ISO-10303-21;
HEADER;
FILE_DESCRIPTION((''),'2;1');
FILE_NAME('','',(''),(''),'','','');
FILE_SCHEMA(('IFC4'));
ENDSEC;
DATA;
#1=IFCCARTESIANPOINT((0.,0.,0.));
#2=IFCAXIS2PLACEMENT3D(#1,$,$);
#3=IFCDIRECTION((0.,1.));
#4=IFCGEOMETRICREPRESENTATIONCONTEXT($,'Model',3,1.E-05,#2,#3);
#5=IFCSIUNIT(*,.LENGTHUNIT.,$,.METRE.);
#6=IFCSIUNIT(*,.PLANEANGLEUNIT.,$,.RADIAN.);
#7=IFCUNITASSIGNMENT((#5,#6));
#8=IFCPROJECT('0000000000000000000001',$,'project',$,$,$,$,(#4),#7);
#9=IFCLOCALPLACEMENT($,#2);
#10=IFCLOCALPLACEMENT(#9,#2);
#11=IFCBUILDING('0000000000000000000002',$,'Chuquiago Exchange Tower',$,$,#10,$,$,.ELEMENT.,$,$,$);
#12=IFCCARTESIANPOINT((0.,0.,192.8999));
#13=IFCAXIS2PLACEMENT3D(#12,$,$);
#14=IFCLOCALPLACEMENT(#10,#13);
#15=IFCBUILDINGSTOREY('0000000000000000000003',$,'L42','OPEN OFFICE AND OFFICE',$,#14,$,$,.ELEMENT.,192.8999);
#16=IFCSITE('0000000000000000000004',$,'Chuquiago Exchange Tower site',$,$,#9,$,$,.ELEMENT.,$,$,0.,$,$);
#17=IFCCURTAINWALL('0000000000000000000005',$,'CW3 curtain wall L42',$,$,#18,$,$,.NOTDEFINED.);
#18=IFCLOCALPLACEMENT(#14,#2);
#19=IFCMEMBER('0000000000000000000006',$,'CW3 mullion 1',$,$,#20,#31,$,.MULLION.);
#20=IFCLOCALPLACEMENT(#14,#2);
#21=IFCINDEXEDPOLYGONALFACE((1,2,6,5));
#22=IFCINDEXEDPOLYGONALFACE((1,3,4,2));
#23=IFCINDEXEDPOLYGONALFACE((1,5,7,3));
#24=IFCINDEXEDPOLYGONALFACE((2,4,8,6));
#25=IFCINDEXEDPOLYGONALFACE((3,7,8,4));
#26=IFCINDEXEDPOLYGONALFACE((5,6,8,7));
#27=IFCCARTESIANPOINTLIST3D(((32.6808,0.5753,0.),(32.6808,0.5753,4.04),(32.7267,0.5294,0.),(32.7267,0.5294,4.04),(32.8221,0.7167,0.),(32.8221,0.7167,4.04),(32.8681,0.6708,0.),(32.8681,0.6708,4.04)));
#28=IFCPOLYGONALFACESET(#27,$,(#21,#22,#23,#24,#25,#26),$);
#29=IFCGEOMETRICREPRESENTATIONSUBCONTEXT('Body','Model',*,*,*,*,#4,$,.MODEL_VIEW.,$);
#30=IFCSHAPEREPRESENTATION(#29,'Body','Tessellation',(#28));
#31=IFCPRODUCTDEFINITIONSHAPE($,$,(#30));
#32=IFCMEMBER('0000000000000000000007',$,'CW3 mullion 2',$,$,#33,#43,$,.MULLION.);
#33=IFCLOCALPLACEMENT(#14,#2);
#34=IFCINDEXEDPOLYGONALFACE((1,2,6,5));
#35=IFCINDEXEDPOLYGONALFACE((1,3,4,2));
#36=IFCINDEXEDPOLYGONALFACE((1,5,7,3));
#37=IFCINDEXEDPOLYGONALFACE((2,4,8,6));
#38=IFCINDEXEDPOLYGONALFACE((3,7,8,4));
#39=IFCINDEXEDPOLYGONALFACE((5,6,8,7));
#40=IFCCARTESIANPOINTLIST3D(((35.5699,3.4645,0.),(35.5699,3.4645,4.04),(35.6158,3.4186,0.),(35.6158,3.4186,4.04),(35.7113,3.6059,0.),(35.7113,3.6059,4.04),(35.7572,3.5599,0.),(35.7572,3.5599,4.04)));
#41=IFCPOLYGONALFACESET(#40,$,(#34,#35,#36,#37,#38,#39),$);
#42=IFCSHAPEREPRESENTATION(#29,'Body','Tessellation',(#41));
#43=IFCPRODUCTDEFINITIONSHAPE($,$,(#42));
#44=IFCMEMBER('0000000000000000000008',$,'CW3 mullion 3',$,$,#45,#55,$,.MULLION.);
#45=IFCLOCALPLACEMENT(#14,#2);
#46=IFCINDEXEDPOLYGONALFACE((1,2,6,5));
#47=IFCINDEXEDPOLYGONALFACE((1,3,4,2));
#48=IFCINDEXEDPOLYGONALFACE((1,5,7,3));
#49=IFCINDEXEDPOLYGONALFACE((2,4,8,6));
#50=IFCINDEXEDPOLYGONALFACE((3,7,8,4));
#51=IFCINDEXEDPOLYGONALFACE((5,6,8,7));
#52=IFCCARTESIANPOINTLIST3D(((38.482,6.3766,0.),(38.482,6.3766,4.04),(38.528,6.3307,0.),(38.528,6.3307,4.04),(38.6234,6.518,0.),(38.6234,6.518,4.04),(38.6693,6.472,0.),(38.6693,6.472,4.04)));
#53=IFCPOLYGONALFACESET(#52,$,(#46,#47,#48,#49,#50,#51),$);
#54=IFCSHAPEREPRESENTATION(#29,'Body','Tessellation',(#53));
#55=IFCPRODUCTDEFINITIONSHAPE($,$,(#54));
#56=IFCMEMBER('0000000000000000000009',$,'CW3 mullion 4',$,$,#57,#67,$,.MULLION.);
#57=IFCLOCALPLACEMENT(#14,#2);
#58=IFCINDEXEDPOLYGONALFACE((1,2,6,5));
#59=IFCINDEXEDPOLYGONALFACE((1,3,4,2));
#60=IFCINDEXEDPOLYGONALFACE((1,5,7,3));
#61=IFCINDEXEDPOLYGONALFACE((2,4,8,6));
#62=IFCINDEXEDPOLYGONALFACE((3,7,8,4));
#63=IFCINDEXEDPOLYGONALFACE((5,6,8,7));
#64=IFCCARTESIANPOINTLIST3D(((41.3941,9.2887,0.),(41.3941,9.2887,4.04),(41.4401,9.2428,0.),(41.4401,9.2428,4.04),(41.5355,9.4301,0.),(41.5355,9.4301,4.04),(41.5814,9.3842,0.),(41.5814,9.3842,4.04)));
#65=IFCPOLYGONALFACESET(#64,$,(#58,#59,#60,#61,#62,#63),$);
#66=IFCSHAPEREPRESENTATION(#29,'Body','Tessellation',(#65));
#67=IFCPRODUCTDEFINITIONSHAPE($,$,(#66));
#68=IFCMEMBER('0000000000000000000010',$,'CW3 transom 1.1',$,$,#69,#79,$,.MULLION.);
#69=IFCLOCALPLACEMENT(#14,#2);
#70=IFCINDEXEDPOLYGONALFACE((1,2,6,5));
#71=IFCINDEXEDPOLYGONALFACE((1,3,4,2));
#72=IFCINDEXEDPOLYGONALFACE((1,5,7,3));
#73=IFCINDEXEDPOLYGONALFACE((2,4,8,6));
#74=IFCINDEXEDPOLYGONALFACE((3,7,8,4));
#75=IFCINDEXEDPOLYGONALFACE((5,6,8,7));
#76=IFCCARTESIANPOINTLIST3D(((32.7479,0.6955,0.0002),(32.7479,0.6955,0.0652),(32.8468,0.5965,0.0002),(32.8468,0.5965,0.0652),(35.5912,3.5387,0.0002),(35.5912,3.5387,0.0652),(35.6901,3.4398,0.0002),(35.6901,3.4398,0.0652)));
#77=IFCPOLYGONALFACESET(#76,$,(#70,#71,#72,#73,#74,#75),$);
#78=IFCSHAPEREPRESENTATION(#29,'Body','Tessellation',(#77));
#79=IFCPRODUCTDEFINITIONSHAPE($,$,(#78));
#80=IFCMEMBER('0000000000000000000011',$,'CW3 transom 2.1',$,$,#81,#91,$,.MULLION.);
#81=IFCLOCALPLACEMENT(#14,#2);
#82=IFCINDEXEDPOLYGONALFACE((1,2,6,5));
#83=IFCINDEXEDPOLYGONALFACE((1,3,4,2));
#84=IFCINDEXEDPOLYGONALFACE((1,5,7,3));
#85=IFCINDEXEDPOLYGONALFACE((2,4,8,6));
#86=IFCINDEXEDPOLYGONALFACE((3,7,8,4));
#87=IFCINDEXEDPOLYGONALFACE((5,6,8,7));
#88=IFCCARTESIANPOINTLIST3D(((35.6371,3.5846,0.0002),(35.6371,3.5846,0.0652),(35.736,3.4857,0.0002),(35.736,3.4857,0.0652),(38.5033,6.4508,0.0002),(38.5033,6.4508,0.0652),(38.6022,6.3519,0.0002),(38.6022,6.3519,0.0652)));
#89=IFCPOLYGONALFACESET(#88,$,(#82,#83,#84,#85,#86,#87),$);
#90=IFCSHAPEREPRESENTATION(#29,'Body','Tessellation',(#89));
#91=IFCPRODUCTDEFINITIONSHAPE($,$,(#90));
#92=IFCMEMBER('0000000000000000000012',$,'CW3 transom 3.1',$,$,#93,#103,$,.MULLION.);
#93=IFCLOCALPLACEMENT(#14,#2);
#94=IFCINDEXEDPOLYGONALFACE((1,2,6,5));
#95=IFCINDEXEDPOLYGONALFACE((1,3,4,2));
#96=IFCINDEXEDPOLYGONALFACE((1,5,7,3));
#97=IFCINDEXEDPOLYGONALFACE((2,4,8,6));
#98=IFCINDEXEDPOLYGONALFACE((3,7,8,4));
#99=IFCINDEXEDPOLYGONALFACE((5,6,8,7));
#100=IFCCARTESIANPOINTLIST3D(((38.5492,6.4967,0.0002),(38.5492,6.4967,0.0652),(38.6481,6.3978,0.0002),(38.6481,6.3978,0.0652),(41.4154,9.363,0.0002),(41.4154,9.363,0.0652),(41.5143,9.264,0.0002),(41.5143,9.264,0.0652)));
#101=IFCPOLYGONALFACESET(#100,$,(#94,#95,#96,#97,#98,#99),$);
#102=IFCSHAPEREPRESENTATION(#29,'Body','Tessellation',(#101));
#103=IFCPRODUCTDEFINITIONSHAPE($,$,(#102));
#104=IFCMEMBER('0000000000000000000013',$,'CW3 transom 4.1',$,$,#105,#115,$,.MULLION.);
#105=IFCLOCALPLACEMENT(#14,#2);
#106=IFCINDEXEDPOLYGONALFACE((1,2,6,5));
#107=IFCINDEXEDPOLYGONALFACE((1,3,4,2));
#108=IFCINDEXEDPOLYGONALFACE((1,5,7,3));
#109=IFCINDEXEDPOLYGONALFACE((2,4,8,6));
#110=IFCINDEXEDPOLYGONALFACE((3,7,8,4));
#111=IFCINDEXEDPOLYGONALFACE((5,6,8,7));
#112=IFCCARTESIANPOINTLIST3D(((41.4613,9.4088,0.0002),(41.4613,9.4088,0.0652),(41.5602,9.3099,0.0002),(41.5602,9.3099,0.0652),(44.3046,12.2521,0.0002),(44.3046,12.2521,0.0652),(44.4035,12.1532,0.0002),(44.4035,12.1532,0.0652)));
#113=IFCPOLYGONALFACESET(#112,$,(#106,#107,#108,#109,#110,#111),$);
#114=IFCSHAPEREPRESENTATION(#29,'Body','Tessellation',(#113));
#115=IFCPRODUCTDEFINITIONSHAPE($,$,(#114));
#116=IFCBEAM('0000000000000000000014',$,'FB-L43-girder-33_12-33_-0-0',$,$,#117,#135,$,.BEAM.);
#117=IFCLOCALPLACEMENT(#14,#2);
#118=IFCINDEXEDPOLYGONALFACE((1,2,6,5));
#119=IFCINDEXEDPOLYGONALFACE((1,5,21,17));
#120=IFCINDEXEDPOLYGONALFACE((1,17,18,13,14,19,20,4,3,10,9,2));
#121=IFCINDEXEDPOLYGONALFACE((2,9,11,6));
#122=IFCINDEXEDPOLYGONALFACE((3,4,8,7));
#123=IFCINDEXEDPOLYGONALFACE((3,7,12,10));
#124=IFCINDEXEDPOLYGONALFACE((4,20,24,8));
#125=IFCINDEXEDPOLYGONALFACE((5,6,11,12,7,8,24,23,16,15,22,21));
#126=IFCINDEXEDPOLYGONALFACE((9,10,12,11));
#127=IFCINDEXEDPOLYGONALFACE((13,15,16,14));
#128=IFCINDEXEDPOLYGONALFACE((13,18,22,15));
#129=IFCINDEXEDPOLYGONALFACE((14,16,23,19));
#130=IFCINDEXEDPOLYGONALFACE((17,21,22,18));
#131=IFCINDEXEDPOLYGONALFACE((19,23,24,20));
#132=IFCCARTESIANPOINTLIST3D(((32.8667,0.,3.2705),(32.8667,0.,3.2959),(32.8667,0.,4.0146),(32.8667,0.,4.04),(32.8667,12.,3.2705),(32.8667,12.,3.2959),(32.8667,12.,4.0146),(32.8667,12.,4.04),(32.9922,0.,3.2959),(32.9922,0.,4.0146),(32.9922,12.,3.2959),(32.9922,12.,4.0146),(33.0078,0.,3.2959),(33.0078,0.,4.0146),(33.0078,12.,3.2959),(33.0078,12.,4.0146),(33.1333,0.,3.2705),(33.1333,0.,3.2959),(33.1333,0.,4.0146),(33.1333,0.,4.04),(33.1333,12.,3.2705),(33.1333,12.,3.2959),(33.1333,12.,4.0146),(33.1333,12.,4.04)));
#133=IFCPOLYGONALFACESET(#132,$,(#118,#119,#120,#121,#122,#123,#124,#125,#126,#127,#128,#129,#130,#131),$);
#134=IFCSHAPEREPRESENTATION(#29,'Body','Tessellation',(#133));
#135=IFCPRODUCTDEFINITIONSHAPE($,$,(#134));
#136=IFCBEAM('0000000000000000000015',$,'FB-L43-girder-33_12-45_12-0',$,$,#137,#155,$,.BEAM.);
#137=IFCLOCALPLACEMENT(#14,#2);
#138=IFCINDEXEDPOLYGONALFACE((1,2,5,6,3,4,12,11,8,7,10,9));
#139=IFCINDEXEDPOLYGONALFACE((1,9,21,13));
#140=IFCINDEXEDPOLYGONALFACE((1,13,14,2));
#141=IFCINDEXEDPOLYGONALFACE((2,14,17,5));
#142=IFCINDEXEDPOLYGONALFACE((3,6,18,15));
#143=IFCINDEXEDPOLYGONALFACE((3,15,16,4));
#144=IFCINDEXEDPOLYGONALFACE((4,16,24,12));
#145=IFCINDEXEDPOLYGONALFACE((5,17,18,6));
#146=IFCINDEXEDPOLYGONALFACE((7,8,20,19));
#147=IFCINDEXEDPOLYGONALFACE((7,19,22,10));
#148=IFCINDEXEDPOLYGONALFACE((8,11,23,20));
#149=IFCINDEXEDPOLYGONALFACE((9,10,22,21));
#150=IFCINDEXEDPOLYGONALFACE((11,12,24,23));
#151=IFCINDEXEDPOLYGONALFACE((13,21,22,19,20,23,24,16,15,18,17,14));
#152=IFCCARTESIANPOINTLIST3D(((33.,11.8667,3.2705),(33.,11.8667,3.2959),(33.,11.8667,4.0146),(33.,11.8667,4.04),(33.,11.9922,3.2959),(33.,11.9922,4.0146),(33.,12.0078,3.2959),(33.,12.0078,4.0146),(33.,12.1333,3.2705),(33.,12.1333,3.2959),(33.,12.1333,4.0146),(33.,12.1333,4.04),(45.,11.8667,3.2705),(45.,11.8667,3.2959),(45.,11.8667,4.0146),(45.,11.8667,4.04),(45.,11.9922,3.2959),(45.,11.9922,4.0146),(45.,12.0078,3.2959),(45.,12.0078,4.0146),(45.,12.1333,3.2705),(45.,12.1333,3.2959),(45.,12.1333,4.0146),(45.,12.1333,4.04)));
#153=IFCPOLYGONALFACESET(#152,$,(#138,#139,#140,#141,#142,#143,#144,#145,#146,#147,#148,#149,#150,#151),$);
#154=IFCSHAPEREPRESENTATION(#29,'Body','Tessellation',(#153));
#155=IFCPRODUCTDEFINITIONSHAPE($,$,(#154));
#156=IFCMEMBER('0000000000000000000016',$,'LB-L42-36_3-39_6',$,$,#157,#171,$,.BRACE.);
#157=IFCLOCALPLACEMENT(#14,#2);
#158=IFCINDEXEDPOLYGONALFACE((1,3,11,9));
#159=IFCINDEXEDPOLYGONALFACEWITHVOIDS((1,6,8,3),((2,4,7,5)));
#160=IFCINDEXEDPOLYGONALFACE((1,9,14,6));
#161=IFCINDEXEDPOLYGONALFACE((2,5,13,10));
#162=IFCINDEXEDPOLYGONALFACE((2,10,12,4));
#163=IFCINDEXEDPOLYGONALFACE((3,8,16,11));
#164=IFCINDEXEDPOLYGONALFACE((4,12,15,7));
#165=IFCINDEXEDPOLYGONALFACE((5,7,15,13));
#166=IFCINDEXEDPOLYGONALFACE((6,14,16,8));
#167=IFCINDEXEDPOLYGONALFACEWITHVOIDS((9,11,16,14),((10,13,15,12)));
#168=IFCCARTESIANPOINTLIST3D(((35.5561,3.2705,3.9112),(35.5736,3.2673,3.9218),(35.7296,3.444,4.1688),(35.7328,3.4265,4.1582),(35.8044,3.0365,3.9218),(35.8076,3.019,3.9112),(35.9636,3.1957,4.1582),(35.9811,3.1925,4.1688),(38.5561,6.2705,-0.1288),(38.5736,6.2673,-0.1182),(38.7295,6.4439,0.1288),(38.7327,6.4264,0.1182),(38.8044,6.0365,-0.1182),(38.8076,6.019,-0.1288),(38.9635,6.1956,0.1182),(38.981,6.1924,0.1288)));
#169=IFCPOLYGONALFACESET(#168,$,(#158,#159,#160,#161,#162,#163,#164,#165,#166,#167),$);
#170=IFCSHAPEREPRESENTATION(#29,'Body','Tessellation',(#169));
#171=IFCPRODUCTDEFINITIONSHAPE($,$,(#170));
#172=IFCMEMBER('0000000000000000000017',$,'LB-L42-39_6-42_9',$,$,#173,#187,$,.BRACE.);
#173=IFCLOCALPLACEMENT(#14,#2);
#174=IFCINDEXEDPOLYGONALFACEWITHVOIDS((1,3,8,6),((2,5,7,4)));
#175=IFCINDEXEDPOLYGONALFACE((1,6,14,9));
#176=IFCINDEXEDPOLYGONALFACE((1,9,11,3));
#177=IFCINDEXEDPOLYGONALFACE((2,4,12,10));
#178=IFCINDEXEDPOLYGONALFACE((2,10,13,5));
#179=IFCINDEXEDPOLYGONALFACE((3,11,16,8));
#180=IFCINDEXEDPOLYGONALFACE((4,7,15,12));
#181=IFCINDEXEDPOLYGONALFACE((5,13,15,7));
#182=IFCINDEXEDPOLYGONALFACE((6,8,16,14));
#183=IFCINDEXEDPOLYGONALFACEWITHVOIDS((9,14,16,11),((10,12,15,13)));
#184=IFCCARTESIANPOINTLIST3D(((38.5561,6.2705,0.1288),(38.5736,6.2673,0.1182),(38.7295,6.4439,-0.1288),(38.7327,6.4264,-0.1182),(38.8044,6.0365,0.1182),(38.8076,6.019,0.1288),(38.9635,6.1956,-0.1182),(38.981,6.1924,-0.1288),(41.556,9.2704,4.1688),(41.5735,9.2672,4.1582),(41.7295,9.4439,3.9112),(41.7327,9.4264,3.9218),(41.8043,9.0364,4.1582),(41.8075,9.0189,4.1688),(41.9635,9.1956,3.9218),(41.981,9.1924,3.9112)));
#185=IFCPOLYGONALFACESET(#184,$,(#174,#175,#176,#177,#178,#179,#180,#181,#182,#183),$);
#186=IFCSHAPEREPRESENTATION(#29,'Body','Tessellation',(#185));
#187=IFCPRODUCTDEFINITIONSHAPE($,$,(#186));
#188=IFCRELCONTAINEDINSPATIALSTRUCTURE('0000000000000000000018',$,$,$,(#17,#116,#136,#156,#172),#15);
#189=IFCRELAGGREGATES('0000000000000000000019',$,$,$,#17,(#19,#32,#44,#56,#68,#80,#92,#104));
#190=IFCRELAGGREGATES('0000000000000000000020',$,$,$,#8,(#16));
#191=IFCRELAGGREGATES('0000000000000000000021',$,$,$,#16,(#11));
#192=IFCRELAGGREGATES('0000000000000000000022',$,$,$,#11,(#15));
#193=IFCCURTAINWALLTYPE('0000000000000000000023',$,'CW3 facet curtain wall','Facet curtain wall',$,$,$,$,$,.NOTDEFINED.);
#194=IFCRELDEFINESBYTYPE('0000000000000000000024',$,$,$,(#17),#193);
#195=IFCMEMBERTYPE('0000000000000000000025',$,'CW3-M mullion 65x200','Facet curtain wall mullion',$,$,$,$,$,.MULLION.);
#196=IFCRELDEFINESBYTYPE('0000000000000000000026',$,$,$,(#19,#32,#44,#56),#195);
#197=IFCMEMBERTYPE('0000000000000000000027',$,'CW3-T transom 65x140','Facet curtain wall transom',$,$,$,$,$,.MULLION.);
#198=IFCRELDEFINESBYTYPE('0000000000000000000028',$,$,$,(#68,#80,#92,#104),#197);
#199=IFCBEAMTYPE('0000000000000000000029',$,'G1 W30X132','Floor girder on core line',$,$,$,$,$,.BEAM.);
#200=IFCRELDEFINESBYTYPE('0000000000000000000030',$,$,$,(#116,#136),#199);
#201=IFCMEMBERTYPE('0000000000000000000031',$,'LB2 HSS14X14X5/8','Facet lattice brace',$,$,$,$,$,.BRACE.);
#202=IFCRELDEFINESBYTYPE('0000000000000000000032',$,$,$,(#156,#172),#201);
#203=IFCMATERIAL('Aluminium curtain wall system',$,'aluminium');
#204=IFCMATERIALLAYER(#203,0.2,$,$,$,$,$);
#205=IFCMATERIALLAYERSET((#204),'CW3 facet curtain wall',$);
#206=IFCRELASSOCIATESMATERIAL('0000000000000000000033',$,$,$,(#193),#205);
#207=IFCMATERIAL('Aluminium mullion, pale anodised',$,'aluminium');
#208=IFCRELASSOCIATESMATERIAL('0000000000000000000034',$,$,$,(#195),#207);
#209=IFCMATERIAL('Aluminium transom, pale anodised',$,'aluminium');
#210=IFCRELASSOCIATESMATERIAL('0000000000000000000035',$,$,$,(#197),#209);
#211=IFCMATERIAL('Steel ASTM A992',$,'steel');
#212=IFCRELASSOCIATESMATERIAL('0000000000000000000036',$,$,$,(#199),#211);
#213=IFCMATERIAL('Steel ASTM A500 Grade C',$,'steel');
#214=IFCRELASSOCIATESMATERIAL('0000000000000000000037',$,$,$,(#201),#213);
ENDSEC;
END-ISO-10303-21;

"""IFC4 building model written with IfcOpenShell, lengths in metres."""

from ifc_helpers import new_model, si_unit, direction, frame, origin, origin_2d, place, context, subcontext, project, spatial, rectangle, hollow_rectangle, i_section, extrude, material, layer, layer_set, material_profile, profile_set, type_object, element, aggregate, save


model = new_model("IFC4")

# Units and contexts
model_context = context("Model", 3, precision=1e-05, world=origin(), true_north=direction((0.0, 1.0)))
body_context = subcontext(model_context, "Body", "Model", "MODEL_VIEW")
ifc_project = project(units=[si_unit("LENGTHUNIT", "METRE"), si_unit("PLANEANGLEUNIT", "RADIAN")], contexts=[model_context])

# Site, building, storey
site_placement = place(None, origin())
site = spatial("IfcSite", under=ifc_project, at=site_placement, Name="Chuquiago Exchange Tower site", CompositionType="ELEMENT", RefElevation=0.0)
building_placement = place(site_placement, origin())
building = spatial("IfcBuilding", under=site, at=building_placement, Name="Chuquiago Exchange Tower", CompositionType="ELEMENT")
storey_placement = place(building_placement, frame((0.0, 0.0, 192.8999)))
storey = spatial("IfcBuildingStorey", under=building, at=storey_placement, Name="L42", Description="OPEN OFFICE AND OFFICE", CompositionType="ELEMENT", Elevation=192.8999)

# Curtain wall, members
ifc_material_1 = material(Name="Aluminium curtain wall system", Category="aluminium")
ifc_layer_1 = layer(ifc_material_1, 0.2)
ifc_layer_set_1 = layer_set([ifc_layer_1], Name="CW3 facet curtain wall")
curtain_wall_type = type_object("IfcCurtainWallType", Name="CW3 facet curtain wall", Description="Facet curtain wall", PredefinedType="NOTDEFINED", material=ifc_layer_set_1)
curtain_wall_placement = place(storey_placement, origin())
curtain_wall = element("IfcCurtainWall", 1, at=curtain_wall_placement, inside=storey, type_object=curtain_wall_type, Name="CW3 curtain wall L42", PredefinedType="NOTDEFINED")
ifc_material_2 = material(Name="Aluminium mullion, pale anodised", Category="aluminium")
ifc_material_profile_1 = material_profile(ifc_material_2, rectangle(XDim=0.0649, YDim=0.2, at=origin_2d()), Name="AL 65x200")
ifc_profile_set_1 = profile_set([ifc_material_profile_1], Name="Aluminium mullion, pale anodised")
member_type_1 = type_object("IfcMemberType", Name="CW3-M mullion 65x200", Description="Facet curtain wall mullion", PredefinedType="MULLION", material=ifc_profile_set_1)
member_1_placement = place(storey_placement, frame((32.7744, 0.623, 0.0), z_axis=(0.0, 0.0, 1.0), x_axis=(-0.707107, 0.707107, 0.0)))
member_1 = element("IfcMember", 2, at=member_1_placement, type_object=member_type_1, Name="CW3 mullion 1", PredefinedType="MULLION", context=body_context, shape_type="SweptSolid", body=[
    extrude(rectangle(XDim=0.0649, YDim=0.2, at=origin_2d()), origin(), (0.0, 0.0, 1.0), 4.04),
])
member_2_placement = place(storey_placement, frame((35.6636, 3.5122, 0.0), z_axis=(0.0, 0.0, 1.0), x_axis=(-0.707107, 0.707107, 0.0)))
member_2 = element("IfcMember", 3, at=member_2_placement, type_object=member_type_1, Name="CW3 mullion 2", PredefinedType="MULLION", context=body_context, shape_type="SweptSolid", body=[
    extrude(rectangle(XDim=0.0649, YDim=0.2, at=origin_2d()), origin(), (0.0, 0.0, 1.0), 4.04),
])
member_3_placement = place(storey_placement, frame((38.5757, 6.4243, 0.0), z_axis=(0.0, 0.0, 1.0), x_axis=(-0.707107, 0.707107, 0.0)))
member_3 = element("IfcMember", 4, at=member_3_placement, type_object=member_type_1, Name="CW3 mullion 3", PredefinedType="MULLION", context=body_context, shape_type="SweptSolid", body=[
    extrude(rectangle(XDim=0.0649, YDim=0.2, at=origin_2d()), origin(), (0.0, 0.0, 1.0), 4.04),
])
member_4_placement = place(storey_placement, frame((41.4878, 9.3364, 0.0), z_axis=(0.0, 0.0, 1.0), x_axis=(-0.707107, 0.707107, 0.0)))
member_4 = element("IfcMember", 5, at=member_4_placement, type_object=member_type_1, Name="CW3 mullion 4", PredefinedType="MULLION", context=body_context, shape_type="SweptSolid", body=[
    extrude(rectangle(XDim=0.0649, YDim=0.2, at=origin_2d()), origin(), (0.0, 0.0, 1.0), 4.04),
])
ifc_material_3 = material(Name="Aluminium transom, pale anodised", Category="aluminium")
ifc_material_profile_2 = material_profile(ifc_material_3, rectangle(XDim=0.1399, YDim=0.0649, at=origin_2d()), Name="AL 140x65")
ifc_profile_set_2 = profile_set([ifc_material_profile_2], Name="Aluminium transom, pale anodised")
member_type_2 = type_object("IfcMemberType", Name="CW3-T transom 65x140", Description="Facet curtain wall transom", PredefinedType="MULLION", material=ifc_profile_set_2)
member_5_placement = place(storey_placement, frame((32.7974, 0.646, 0.0327), z_axis=(0.707107, 0.707107, 0.0), x_axis=(-0.707107, 0.707107, 0.0)))
member_5 = element("IfcMember", 6, at=member_5_placement, type_object=member_type_2, Name="CW3 transom 1.1", PredefinedType="MULLION", context=body_context, shape_type="SweptSolid", body=[
    extrude(rectangle(XDim=0.1399, YDim=0.0649, at=origin_2d()), origin(), (0.0, 0.0, 1.0), 4.021),
])
member_6_placement = place(storey_placement, frame((35.6865, 3.5352, 0.0327), z_axis=(0.707107, 0.707107, 0.0), x_axis=(-0.707107, 0.707107, 0.0)))
member_6 = element("IfcMember", 7, at=member_6_placement, type_object=member_type_2, Name="CW3 transom 2.1", PredefinedType="MULLION", context=body_context, shape_type="SweptSolid", body=[
    extrude(rectangle(XDim=0.1399, YDim=0.0649, at=origin_2d()), origin(), (0.0, 0.0, 1.0), 4.0535),
])
member_7_placement = place(storey_placement, frame((38.5986, 6.4473, 0.0327), z_axis=(0.707107, 0.707107, 0.0), x_axis=(-0.707107, 0.707107, 0.0)))
member_7 = element("IfcMember", 8, at=member_7_placement, type_object=member_type_2, Name="CW3 transom 3.1", PredefinedType="MULLION", context=body_context, shape_type="SweptSolid", body=[
    extrude(rectangle(XDim=0.1399, YDim=0.0649, at=origin_2d()), origin(), (0.0, 0.0, 1.0), 4.0535),
])
member_8_placement = place(storey_placement, frame((41.5107, 9.3594, 0.0327), z_axis=(0.707107, 0.707107, 0.0), x_axis=(-0.707107, 0.707107, 0.0)))
member_8 = element("IfcMember", 9, at=member_8_placement, type_object=member_type_2, Name="CW3 transom 4.1", PredefinedType="MULLION", context=body_context, shape_type="SweptSolid", body=[
    extrude(rectangle(XDim=0.1399, YDim=0.0649, at=origin_2d()), origin(), (0.0, 0.0, 1.0), 4.021),
])

# Beams
ifc_material_4 = material(Name="Steel ASTM A992", Category="steel")
ifc_material_profile_3 = material_profile(ifc_material_4, i_section(OverallWidth=0.2666, OverallDepth=0.7695, WebThickness=0.0156, FlangeThickness=0.0254, at=origin_2d()), Name="W30X132")
ifc_profile_set_3 = profile_set([ifc_material_profile_3], Name="Steel ASTM A992")
beam_type_1 = type_object("IfcBeamType", Name="G1 W30X132", Description="Floor girder on core line", PredefinedType="BEAM", material=ifc_profile_set_3)
for number, where, z_axis, x_axis, name in (
    (10, (33.0, 12.0, 3.6553), (0.0, -1.0, 0.0), (1.0, 0.0, 0.0), "FB-L43-girder-33_12-33_-0-0"),
    (11, (33.0, 12.0, 3.6553), (1.0, 0.0, 0.0), (0.0, 1.0, 0.0), "FB-L43-girder-33_12-45_12-0"),
):
    element("IfcBeam", number, at=place(storey_placement, frame(where, z_axis=z_axis, x_axis=x_axis)), inside=storey, type_object=beam_type_1, Name=name, PredefinedType="BEAM", context=body_context, shape_type="SweptSolid", body=[
        extrude(i_section(OverallWidth=0.2666, OverallDepth=0.7695, WebThickness=0.0156, FlangeThickness=0.0254, at=origin_2d()), origin(), (0.0, 0.0, 1.0), 12.0),
    ])

# Members
ifc_material_5 = material(Name="Steel ASTM A500 Grade C", Category="steel")
ifc_material_profile_4 = material_profile(ifc_material_5, hollow_rectangle(XDim=0.3557, YDim=0.3557, WallThickness=0.0146, at=origin_2d()), Name="HSS14X14X5/8")
ifc_profile_set_4 = profile_set([ifc_material_profile_4], Name="Steel ASTM A500 Grade C")
member_type_3 = type_object("IfcMemberType", Name="LB2 HSS14X14X5/8", Description="Facet lattice brace", PredefinedType="BRACE", material=ifc_profile_set_4)
for number, where, z_axis, x_axis, name in (
    (12, (38.7686, 6.2314, 0.0), (-0.512077, -0.512077, 0.689604), (0.707107, -0.707107, 0.0), "LB-L42-36_3-39_6"),
    (13, (38.7686, 6.2314, 0.0), (0.512077, 0.512077, 0.689604), (-0.707107, 0.707107, 0.0), "LB-L42-39_6-42_9"),
):
    element("IfcMember", number, at=place(storey_placement, frame(where, z_axis=z_axis, x_axis=x_axis)), inside=storey, type_object=member_type_3, Name=name, PredefinedType="BRACE", context=body_context, shape_type="SweptSolid", body=[
        extrude(hollow_rectangle(XDim=0.3557, YDim=0.3557, WallThickness=0.0146, at=origin_2d()), origin(), (0.0, 0.0, 1.0), 5.8584),
    ])

aggregate(curtain_wall, [member_1, member_2, member_3, member_4, member_5, member_6, member_7, member_8])

save(model, "model.ifc")
